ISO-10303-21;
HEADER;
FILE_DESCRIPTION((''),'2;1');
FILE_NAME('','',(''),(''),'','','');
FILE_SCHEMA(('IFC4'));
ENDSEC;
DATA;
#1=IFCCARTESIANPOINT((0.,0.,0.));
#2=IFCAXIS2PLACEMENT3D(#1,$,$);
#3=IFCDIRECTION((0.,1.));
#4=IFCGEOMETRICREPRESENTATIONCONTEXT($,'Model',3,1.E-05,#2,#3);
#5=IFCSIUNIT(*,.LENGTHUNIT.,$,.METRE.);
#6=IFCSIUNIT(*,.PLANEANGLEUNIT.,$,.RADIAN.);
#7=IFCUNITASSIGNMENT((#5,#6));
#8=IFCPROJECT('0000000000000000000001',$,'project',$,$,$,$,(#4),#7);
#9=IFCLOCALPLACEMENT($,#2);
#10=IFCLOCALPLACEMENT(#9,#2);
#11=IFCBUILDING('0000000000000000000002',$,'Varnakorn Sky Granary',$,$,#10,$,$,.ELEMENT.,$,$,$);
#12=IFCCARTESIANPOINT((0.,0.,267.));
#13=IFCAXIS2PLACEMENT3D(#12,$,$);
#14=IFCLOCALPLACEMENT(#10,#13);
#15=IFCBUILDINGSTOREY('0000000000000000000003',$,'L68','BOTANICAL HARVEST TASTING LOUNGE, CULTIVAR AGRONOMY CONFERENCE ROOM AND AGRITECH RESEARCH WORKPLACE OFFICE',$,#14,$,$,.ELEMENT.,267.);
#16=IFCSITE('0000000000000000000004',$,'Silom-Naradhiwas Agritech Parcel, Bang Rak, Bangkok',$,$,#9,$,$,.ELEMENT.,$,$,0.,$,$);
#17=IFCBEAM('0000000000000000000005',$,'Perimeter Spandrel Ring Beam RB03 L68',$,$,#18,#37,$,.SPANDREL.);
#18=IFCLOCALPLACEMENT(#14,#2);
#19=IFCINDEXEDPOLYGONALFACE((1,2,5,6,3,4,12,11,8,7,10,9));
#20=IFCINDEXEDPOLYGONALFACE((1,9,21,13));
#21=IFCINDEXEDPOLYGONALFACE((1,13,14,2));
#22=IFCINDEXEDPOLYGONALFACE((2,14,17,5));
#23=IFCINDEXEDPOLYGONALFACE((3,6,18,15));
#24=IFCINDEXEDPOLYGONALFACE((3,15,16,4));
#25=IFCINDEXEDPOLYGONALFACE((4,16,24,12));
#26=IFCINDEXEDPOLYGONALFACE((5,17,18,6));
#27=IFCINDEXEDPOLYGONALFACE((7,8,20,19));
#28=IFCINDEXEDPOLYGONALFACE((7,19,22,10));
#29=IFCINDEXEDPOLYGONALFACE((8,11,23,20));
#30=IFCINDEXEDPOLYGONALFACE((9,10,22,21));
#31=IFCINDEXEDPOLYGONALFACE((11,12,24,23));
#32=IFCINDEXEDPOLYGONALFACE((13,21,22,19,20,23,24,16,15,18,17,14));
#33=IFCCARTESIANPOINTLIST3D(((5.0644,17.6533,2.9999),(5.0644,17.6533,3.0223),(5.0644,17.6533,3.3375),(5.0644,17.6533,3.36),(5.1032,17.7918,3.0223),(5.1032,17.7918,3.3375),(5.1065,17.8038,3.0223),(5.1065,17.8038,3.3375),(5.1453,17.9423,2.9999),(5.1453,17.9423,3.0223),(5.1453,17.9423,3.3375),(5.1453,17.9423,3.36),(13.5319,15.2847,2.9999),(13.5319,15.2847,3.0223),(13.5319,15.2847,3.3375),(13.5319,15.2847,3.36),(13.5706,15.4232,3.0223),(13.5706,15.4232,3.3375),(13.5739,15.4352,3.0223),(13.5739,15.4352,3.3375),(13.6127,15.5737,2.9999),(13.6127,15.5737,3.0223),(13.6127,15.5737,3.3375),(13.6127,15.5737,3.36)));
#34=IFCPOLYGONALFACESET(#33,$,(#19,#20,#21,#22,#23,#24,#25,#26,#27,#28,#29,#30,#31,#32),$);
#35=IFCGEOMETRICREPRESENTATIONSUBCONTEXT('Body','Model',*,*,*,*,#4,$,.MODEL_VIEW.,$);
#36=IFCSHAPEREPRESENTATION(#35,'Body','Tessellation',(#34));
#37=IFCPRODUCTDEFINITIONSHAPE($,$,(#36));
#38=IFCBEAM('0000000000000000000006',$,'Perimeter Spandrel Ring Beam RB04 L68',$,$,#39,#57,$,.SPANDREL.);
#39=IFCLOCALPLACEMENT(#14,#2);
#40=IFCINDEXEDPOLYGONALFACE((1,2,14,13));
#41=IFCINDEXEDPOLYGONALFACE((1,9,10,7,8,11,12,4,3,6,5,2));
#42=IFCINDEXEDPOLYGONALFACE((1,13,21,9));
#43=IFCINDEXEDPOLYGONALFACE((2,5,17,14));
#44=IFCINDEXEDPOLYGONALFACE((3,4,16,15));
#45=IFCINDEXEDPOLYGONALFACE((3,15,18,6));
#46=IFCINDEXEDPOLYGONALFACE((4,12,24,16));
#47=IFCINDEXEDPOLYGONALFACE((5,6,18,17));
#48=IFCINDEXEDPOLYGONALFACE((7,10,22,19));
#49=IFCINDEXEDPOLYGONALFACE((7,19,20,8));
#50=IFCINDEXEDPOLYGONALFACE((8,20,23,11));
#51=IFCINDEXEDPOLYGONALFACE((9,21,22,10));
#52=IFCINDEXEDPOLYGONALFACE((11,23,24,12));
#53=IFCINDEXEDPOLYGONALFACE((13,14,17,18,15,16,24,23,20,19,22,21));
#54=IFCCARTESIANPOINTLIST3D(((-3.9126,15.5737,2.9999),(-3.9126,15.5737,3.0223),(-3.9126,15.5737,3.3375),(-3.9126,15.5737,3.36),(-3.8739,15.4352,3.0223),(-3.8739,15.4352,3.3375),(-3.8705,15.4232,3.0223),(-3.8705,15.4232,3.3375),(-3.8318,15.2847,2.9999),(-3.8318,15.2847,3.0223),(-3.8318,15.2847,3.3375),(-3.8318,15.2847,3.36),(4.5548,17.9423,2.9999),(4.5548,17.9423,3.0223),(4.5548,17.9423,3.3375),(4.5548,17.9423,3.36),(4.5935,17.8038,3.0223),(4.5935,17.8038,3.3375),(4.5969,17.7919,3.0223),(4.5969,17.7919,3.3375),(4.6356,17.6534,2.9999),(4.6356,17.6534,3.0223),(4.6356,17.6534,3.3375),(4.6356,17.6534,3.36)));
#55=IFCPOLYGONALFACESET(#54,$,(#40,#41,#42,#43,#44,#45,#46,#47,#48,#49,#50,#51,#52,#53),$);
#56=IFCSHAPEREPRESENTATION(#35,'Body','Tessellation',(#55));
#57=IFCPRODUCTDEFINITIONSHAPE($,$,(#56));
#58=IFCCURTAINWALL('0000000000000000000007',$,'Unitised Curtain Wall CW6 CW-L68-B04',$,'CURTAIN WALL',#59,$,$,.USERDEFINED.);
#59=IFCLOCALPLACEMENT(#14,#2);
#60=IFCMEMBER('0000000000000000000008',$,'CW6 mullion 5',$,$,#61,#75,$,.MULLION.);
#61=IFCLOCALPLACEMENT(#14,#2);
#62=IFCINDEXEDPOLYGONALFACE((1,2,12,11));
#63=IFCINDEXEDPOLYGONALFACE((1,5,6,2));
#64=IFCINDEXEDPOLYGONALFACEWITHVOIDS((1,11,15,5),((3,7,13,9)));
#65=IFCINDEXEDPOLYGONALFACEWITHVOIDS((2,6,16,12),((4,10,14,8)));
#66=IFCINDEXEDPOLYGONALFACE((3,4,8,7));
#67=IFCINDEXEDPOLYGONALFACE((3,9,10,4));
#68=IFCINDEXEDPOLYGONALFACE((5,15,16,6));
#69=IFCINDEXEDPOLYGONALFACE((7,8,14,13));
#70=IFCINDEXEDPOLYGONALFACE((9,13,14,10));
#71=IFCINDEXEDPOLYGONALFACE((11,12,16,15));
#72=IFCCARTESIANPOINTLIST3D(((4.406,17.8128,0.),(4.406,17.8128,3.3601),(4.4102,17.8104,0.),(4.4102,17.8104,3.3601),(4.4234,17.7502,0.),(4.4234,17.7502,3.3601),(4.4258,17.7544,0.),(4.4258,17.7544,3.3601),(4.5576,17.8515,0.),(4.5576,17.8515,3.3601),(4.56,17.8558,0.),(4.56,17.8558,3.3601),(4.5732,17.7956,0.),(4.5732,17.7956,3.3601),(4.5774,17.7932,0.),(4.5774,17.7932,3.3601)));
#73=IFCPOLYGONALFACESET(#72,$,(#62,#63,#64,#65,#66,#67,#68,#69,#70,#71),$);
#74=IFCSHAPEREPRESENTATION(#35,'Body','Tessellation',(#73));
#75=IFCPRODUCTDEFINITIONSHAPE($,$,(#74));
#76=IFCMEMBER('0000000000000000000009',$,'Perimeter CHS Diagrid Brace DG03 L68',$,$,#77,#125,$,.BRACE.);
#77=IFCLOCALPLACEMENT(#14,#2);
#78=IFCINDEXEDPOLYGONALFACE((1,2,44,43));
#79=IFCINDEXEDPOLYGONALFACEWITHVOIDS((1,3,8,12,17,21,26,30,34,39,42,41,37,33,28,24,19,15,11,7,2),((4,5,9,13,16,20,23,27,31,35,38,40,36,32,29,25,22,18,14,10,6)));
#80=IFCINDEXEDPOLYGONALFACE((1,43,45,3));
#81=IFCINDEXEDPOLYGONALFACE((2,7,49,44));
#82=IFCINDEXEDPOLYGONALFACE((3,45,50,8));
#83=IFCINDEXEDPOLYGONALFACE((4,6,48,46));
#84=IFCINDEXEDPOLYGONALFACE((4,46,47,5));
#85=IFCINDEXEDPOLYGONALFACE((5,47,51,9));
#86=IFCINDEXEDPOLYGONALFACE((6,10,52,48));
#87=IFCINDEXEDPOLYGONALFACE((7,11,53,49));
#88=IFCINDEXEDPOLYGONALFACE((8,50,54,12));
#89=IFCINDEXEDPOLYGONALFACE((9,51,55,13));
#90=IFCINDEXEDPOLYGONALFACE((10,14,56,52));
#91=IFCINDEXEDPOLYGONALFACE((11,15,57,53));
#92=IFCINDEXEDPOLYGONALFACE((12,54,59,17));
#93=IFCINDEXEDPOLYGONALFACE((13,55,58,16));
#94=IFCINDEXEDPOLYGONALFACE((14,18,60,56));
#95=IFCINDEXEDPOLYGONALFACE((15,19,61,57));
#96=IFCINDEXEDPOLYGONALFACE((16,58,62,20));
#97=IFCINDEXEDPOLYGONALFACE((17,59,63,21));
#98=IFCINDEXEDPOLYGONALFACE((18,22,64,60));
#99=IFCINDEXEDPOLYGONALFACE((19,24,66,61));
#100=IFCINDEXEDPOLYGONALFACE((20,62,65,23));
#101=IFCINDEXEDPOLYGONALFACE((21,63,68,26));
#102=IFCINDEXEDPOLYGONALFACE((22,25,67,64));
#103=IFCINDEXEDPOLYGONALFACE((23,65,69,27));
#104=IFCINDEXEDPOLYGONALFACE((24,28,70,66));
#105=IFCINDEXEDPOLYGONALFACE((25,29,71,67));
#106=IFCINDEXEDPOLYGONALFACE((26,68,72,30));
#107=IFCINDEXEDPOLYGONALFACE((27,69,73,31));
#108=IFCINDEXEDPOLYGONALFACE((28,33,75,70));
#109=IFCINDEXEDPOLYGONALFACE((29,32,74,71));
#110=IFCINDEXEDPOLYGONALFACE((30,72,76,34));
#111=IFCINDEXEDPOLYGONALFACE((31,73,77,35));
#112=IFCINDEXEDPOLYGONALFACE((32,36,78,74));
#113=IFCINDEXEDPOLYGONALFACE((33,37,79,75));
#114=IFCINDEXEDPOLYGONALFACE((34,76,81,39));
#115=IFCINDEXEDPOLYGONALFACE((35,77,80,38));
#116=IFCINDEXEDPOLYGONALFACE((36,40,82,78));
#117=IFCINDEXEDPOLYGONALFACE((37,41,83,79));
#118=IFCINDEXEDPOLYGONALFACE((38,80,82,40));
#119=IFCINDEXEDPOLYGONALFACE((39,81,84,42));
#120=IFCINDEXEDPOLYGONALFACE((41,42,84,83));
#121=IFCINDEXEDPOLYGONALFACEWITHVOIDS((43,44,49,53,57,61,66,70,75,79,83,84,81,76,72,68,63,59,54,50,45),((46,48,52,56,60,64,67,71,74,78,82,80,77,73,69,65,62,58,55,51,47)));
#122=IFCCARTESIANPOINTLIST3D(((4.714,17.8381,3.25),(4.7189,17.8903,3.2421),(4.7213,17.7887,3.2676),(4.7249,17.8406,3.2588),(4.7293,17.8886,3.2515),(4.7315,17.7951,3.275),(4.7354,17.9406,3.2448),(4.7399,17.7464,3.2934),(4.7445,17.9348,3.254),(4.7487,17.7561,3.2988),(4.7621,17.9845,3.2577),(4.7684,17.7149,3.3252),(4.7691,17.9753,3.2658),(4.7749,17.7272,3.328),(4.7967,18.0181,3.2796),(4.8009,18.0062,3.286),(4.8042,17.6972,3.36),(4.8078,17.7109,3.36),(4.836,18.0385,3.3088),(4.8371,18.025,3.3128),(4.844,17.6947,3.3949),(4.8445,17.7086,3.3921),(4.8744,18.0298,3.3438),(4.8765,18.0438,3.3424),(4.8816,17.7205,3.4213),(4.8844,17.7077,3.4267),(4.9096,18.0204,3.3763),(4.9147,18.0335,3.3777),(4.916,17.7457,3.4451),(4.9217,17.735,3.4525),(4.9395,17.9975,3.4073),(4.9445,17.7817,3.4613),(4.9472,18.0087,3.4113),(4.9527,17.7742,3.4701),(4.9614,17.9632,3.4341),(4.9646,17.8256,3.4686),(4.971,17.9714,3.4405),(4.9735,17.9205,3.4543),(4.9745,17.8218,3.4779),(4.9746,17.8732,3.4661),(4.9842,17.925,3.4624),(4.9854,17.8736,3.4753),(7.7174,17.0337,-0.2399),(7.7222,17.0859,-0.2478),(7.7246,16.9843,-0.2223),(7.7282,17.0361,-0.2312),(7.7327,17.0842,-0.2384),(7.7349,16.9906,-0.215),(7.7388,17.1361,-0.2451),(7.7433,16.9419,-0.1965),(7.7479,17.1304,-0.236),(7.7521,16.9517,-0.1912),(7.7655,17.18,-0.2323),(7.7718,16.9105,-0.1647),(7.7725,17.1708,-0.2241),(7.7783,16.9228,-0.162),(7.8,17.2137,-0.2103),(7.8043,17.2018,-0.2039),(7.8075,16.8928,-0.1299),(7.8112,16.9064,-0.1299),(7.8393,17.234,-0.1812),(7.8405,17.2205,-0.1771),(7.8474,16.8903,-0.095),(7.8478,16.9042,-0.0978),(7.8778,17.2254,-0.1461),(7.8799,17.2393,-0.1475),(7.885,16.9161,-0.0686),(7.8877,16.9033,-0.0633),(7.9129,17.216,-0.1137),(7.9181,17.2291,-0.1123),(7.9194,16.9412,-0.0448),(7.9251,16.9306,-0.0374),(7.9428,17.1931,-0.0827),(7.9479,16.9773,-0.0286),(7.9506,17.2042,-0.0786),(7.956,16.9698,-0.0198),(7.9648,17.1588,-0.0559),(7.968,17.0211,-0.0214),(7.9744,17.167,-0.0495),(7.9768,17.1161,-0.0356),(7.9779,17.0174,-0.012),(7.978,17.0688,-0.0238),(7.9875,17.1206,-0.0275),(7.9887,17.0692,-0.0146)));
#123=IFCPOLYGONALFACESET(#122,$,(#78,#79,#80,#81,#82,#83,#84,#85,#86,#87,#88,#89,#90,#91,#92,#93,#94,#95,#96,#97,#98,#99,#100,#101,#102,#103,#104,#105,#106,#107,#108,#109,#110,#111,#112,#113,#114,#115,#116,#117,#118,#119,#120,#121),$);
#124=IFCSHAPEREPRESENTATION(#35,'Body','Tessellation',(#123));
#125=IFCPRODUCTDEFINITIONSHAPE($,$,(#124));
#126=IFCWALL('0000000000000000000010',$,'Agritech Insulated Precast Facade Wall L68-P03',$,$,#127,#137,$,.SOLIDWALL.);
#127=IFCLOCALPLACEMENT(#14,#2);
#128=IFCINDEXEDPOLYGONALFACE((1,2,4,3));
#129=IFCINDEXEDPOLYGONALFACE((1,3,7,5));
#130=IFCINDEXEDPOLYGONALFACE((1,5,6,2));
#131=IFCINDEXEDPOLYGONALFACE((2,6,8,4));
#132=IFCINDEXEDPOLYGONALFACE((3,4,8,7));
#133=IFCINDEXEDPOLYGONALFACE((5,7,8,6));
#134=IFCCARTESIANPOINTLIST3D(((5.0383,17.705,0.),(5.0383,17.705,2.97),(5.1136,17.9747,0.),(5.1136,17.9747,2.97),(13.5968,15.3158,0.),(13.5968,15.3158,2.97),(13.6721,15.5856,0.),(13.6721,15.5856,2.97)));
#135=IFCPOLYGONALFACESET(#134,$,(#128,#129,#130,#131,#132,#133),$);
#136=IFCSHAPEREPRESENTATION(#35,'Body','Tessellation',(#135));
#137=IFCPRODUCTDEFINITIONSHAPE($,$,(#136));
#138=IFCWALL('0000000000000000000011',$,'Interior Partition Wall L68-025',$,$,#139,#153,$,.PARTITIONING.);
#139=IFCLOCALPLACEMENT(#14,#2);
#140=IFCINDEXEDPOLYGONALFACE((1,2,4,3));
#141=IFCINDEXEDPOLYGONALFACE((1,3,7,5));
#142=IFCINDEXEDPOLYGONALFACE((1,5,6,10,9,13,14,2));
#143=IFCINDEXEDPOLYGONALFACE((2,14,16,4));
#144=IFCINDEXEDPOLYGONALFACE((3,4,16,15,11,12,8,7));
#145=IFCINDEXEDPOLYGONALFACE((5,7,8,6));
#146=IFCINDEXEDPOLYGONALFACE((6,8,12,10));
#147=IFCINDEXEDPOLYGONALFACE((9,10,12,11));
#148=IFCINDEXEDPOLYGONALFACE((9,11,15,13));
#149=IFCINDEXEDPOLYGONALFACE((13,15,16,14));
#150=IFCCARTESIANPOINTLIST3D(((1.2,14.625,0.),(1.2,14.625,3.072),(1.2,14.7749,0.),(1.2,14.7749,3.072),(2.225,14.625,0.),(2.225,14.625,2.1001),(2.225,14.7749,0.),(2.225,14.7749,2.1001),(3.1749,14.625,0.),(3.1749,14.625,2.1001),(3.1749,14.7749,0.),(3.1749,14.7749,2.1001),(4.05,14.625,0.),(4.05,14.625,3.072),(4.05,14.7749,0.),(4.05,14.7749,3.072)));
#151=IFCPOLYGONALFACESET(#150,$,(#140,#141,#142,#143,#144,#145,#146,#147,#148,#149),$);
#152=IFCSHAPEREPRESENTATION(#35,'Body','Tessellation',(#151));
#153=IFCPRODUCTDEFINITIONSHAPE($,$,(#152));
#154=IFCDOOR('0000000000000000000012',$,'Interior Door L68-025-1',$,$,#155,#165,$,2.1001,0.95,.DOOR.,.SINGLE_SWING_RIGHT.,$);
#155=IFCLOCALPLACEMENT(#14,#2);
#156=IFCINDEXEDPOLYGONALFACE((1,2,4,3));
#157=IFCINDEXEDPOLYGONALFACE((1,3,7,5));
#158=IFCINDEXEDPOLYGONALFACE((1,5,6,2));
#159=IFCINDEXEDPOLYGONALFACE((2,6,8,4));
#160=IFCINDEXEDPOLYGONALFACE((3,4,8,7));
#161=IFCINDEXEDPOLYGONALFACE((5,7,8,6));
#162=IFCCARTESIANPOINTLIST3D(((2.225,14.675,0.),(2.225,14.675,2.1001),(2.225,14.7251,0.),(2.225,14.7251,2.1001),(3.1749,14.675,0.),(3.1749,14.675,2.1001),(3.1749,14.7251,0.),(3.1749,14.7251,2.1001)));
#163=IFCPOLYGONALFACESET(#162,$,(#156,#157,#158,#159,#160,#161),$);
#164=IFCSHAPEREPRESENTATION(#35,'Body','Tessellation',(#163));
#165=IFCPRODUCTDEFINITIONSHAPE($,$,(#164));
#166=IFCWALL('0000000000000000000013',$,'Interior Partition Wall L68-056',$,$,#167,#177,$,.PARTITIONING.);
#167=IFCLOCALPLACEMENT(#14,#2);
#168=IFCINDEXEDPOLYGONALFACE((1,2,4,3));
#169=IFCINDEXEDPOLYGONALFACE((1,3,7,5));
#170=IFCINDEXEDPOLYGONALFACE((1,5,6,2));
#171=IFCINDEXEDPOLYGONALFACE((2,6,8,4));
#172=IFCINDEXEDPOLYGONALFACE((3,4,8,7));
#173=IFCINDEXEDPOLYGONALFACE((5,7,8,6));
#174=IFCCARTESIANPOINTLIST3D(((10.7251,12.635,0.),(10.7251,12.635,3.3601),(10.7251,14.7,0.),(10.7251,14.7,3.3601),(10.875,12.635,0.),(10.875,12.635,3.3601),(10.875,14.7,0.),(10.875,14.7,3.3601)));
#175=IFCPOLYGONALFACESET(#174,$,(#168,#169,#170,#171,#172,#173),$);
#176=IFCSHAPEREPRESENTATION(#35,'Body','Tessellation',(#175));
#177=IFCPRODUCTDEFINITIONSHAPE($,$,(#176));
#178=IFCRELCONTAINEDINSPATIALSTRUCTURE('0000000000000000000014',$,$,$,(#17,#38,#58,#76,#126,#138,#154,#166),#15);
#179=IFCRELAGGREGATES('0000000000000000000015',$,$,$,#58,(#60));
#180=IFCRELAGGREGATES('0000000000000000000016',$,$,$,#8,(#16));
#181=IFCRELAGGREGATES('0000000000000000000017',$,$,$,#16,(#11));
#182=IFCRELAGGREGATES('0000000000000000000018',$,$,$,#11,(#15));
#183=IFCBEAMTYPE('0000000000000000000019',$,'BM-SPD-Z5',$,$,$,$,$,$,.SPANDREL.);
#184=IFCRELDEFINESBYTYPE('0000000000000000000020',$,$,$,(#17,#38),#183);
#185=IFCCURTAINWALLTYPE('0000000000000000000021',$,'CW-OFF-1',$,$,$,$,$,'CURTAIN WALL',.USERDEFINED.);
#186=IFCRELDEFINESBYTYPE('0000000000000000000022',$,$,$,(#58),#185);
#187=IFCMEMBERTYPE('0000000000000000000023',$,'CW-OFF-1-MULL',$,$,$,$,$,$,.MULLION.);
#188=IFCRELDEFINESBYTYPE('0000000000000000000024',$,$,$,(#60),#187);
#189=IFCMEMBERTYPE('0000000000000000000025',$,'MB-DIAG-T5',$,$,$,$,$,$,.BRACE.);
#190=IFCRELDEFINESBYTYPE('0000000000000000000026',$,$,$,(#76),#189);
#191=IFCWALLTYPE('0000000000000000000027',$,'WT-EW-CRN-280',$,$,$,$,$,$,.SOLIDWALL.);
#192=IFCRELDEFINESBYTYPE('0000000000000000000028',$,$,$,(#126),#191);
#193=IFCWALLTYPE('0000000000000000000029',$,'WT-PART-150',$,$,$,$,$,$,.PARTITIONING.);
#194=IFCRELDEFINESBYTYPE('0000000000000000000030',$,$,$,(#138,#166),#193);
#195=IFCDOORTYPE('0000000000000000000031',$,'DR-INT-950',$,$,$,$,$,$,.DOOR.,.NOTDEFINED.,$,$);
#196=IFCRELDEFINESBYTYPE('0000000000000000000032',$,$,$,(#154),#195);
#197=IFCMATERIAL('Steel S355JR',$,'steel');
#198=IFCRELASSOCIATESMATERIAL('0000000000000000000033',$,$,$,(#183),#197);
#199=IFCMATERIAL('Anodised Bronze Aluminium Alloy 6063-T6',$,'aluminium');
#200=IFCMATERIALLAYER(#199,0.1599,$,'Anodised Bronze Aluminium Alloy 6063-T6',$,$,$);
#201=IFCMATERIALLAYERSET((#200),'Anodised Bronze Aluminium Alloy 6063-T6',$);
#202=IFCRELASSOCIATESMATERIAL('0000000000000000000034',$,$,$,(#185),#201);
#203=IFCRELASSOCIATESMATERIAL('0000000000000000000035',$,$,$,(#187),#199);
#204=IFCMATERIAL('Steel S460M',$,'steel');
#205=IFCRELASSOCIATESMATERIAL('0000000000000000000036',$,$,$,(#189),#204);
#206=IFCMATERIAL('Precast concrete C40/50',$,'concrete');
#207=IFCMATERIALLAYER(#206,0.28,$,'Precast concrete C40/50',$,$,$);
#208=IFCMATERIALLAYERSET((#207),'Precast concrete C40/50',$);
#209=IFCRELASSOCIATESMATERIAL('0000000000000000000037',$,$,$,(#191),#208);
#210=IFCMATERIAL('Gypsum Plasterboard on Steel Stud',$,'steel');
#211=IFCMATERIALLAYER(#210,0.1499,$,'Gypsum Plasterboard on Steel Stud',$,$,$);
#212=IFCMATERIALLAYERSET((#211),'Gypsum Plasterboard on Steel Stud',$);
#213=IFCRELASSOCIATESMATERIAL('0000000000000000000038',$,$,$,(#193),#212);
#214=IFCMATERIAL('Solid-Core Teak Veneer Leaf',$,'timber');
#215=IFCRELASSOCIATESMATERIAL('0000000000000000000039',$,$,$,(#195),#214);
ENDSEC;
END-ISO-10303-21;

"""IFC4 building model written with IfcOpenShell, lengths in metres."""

from ifc_helpers import new_model, si_unit, direction, frame, frame_2d, origin, origin_2d, place, context, subcontext, project, spatial, rectangle, hollow_rectangle, hollow_circle, i_section, extrude, material, layer, layer_set, material_profile, profile_set, type_object, element, fill, aggregate, save


model = new_model("IFC4")

# Units and contexts
model_context = context("Model", 3, precision=1e-05, world=origin(), true_north=direction((0.0, 1.0)))
body_context = subcontext(model_context, "Body", "Model", "MODEL_VIEW")
ifc_project = project(units=[si_unit("LENGTHUNIT", "METRE"), si_unit("PLANEANGLEUNIT", "RADIAN")], contexts=[model_context])

# Site, building, storey
site_placement = place(None, origin())
site = spatial("IfcSite", under=ifc_project, at=site_placement, Name="Silom-Naradhiwas Agritech Parcel, Bang Rak, Bangkok", CompositionType="ELEMENT", RefElevation=0.0)
building_placement = place(site_placement, origin())
building = spatial("IfcBuilding", under=site, at=building_placement, Name="Varnakorn Sky Granary", CompositionType="ELEMENT")
storey_placement = place(building_placement, frame((0.0, 0.0, 267.0)))
storey = spatial("IfcBuildingStorey", under=building, at=storey_placement, Name="L68", Description="BOTANICAL HARVEST TASTING LOUNGE, CULTIVAR AGRONOMY CONFERENCE ROOM AND AGRITECH RESEARCH WORKPLACE OFFICE", CompositionType="ELEMENT", Elevation=267.0)

# Shared definitions
ifc_material_1 = material(Name="Steel S460M", Category="steel")

# Beams
ifc_material_2 = material(Name="Steel S355JR", Category="steel")
ifc_material_profile_1 = material_profile(ifc_material_2, i_section(OverallWidth=0.3, OverallDepth=0.3601, WebThickness=0.0125, FlangeThickness=0.0225, at=origin_2d()), Name="HE 360 B")
ifc_profile_set_1 = profile_set([ifc_material_profile_1], Name="Steel S355JR")
beam_type_1 = type_object("IfcBeamType", Name="BM-SPD-Z5", PredefinedType="SPANDREL", material=ifc_profile_set_1)
for number, where, z_axis, x_axis, name in (
    (1, (13.5723, 15.4292, 3.1799), (-0.963031, 0.269392, 0.0), (-0.269392, -0.963031, 0.0), "Perimeter Spandrel Ring Beam RB03 L68"),
    (2, (4.5952, 17.7979, 3.1799), (-0.963031, -0.269392, 0.0), (0.269392, -0.963031, 0.0), "Perimeter Spandrel Ring Beam RB04 L68"),
):
    element("IfcBeam", number, at=place(storey_placement, frame(where, z_axis=z_axis, x_axis=x_axis)), inside=storey, type_object=beam_type_1, Name=name, PredefinedType="SPANDREL", context=body_context, shape_type="SweptSolid", body=[
        extrude(i_section(OverallWidth=0.3, OverallDepth=0.3601, WebThickness=0.0125, FlangeThickness=0.0225, at=origin_2d()), origin(), (0.0, 0.0, 1.0), 8.7925),
    ])

# Curtain wall, member
ifc_material_3 = material(Name="Anodised Bronze Aluminium Alloy 6063-T6", Category="aluminium")
ifc_layer_1 = layer(ifc_material_3, 0.1599, Name="Anodised Bronze Aluminium Alloy 6063-T6")
ifc_layer_set_1 = layer_set([ifc_layer_1], Name="Anodised Bronze Aluminium Alloy 6063-T6")
curtain_wall_type = type_object("IfcCurtainWallType", Name="CW-OFF-1", ElementType="CURTAIN WALL", PredefinedType="USERDEFINED", material=ifc_layer_set_1)
curtain_wall_placement = place(storey_placement, origin())
curtain_wall = element("IfcCurtainWall", 3, at=curtain_wall_placement, inside=storey, type_object=curtain_wall_type, Name="Unitised Curtain Wall CW6 CW-L68-B04", ObjectType="CURTAIN WALL", PredefinedType="USERDEFINED")
ifc_material_profile_2 = material_profile(ifc_material_3, hollow_rectangle(XDim=0.0649, YDim=0.1599, WallThickness=0.0034, at=origin_2d()), Name="ALU MULL 65x160")
ifc_profile_set_2 = profile_set([ifc_material_profile_2], Name="Anodised Bronze Aluminium Alloy 6063-T6")
member_type_1 = type_object("IfcMemberType", Name="CW-OFF-1-MULL", PredefinedType="MULLION", material=ifc_profile_set_2)
member_1_placement = place(storey_placement, frame((4.4917, 17.803, 0.0), z_axis=(0.0, 0.0, 1.0), x_axis=(-0.26889, 0.963171, 0.0)))
member_1 = element("IfcMember", 4, at=member_1_placement, type_object=member_type_1, Name="CW6 mullion 5", PredefinedType="MULLION", context=body_context, shape_type="SweptSolid", body=[
    extrude(hollow_rectangle(XDim=0.0649, YDim=0.1599, WallThickness=0.0034, at=origin_2d()), origin(), (0.0, 0.0, 1.0), 3.3601),
])
aggregate(curtain_wall, [member_1])

# Member
ifc_material_profile_3 = material_profile(ifc_material_1, hollow_circle(Radius=0.1777, WallThickness=0.0142, at=origin_2d()), Name="CHS 355.6x14")
ifc_profile_set_3 = profile_set([ifc_material_profile_3], Name="Steel S460M")
member_type_2 = type_object("IfcMemberType", Name="MB-DIAG-T5", PredefinedType="BRACE", material=ifc_profile_set_3)
member_2_placement = place(storey_placement, frame((7.8535, 17.0645, -0.1299), z_axis=(-0.642559, 0.172105, 0.746658), x_axis=(-0.258723, -0.965952, 0.0)))
element("IfcMember", 5, at=member_2_placement, inside=storey, type_object=member_type_2, Name="Perimeter CHS Diagrid Brace DG03 L68", PredefinedType="BRACE", context=body_context, shape_type="SweptSolid", body=[
    extrude(hollow_circle(Radius=0.1777, WallThickness=0.0142, at=origin_2d()), origin(), (0.0, 0.0, 1.0), 4.6741),
])

# Wall
ifc_material_4 = material(Name="Precast concrete C40/50", Category="concrete")
ifc_layer_2 = layer(ifc_material_4, 0.28, Name="Precast concrete C40/50")
ifc_layer_set_2 = layer_set([ifc_layer_2], Name="Precast concrete C40/50")
wall_type_1 = type_object("IfcWallType", Name="WT-EW-CRN-280", PredefinedType="SOLIDWALL", material=ifc_layer_set_2)
wall_1_placement = place(storey_placement, frame((5.0759, 17.8398, 0.0), z_axis=(0.0, 0.0, 1.0), x_axis=(0.963175, -0.268874, 0.0)))
element("IfcWall", 6, at=wall_1_placement, inside=storey, type_object=wall_type_1, Name="Agritech Insulated Precast Facade Wall L68-P03", PredefinedType="SOLIDWALL", context=body_context, shape_type="SweptSolid", body=[
    extrude(rectangle(XDim=8.8857, YDim=0.28, at=frame_2d((4.4429, 0.0))), origin(), (0.0, 0.0, 1.0), 2.97),
])

# Wall, opening, door
ifc_material_5 = material(Name="Gypsum Plasterboard on Steel Stud", Category="steel")
ifc_layer_3 = layer(ifc_material_5, 0.1499, Name="Gypsum Plasterboard on Steel Stud")
ifc_layer_set_3 = layer_set([ifc_layer_3], Name="Gypsum Plasterboard on Steel Stud")
wall_type_2 = type_object("IfcWallType", Name="WT-PART-150", PredefinedType="PARTITIONING", material=ifc_layer_set_3)
wall_2_placement = place(storey_placement, frame((4.05, 14.7, 0.0), z_axis=(0.0, 0.0, 1.0), x_axis=(-1.0, 0.0, 0.0)))
wall_2 = element("IfcWall", 7, at=wall_2_placement, inside=storey, type_object=wall_type_2, Name="Interior Partition Wall L68-025", PredefinedType="PARTITIONING", context=body_context, shape_type="SweptSolid", body=[
    extrude(rectangle(XDim=2.8501, YDim=0.1499, at=frame_2d((1.425, 0.0))), origin(), (0.0, 0.0, 1.0), 3.072),
])
opening_1_placement = place(wall_2_placement, frame((0.875, 0.0, 0.0)))
opening_1 = element("IfcOpeningElement", 8, at=opening_1_placement, cuts=wall_2, PredefinedType="OPENING", context=body_context, shape_type="SweptSolid", body=[
    extrude(rectangle(XDim=0.95, YDim=2.1001, at=frame_2d((0.4751, 1.05))), frame((0.0, 0.085, 0.0), z_axis=(0.0, -1.0, 0.0), x_axis=(1.0, 0.0, 0.0)), (0.0, 0.0, 1.0), 0.1699),
])
ifc_material_6 = material(Name="Solid-Core Teak Veneer Leaf", Category="timber")
door_type = type_object("IfcDoorType", Name="DR-INT-950", OperationType="NOTDEFINED", PredefinedType="DOOR", material=ifc_material_6)
door_1_placement = place(opening_1_placement, origin())
door_1 = element("IfcDoor", 9, at=door_1_placement, inside=storey, type_object=door_type, Name="Interior Door L68-025-1", OperationType="SINGLE_SWING_RIGHT", OverallHeight=2.1001, OverallWidth=0.95, PredefinedType="DOOR", context=body_context, shape_type="SweptSolid", body=[
    extrude(rectangle(XDim=0.95, YDim=2.1001, at=frame_2d((0.4751, 1.05))), frame((0.0, 0.0249, 0.0), z_axis=(0.0, -1.0, 0.0), x_axis=(1.0, 0.0, 0.0)), (0.0, 0.0, 1.0), 0.05),
])
fill(opening_1, door_1)

# Wall
wall_3_placement = place(storey_placement, frame((10.8, 12.635, 0.0), z_axis=(0.0, 0.0, 1.0), x_axis=(0.0, 1.0, 0.0)))
element("IfcWall", 10, at=wall_3_placement, inside=storey, type_object=wall_type_2, Name="Interior Partition Wall L68-056", PredefinedType="PARTITIONING", context=body_context, shape_type="SweptSolid", body=[
    extrude(rectangle(XDim=2.0649, YDim=0.1499, at=frame_2d((1.0325, 0.0))), origin(), (0.0, 0.0, 1.0), 3.3601),
])

save(model, "model.ifc")
